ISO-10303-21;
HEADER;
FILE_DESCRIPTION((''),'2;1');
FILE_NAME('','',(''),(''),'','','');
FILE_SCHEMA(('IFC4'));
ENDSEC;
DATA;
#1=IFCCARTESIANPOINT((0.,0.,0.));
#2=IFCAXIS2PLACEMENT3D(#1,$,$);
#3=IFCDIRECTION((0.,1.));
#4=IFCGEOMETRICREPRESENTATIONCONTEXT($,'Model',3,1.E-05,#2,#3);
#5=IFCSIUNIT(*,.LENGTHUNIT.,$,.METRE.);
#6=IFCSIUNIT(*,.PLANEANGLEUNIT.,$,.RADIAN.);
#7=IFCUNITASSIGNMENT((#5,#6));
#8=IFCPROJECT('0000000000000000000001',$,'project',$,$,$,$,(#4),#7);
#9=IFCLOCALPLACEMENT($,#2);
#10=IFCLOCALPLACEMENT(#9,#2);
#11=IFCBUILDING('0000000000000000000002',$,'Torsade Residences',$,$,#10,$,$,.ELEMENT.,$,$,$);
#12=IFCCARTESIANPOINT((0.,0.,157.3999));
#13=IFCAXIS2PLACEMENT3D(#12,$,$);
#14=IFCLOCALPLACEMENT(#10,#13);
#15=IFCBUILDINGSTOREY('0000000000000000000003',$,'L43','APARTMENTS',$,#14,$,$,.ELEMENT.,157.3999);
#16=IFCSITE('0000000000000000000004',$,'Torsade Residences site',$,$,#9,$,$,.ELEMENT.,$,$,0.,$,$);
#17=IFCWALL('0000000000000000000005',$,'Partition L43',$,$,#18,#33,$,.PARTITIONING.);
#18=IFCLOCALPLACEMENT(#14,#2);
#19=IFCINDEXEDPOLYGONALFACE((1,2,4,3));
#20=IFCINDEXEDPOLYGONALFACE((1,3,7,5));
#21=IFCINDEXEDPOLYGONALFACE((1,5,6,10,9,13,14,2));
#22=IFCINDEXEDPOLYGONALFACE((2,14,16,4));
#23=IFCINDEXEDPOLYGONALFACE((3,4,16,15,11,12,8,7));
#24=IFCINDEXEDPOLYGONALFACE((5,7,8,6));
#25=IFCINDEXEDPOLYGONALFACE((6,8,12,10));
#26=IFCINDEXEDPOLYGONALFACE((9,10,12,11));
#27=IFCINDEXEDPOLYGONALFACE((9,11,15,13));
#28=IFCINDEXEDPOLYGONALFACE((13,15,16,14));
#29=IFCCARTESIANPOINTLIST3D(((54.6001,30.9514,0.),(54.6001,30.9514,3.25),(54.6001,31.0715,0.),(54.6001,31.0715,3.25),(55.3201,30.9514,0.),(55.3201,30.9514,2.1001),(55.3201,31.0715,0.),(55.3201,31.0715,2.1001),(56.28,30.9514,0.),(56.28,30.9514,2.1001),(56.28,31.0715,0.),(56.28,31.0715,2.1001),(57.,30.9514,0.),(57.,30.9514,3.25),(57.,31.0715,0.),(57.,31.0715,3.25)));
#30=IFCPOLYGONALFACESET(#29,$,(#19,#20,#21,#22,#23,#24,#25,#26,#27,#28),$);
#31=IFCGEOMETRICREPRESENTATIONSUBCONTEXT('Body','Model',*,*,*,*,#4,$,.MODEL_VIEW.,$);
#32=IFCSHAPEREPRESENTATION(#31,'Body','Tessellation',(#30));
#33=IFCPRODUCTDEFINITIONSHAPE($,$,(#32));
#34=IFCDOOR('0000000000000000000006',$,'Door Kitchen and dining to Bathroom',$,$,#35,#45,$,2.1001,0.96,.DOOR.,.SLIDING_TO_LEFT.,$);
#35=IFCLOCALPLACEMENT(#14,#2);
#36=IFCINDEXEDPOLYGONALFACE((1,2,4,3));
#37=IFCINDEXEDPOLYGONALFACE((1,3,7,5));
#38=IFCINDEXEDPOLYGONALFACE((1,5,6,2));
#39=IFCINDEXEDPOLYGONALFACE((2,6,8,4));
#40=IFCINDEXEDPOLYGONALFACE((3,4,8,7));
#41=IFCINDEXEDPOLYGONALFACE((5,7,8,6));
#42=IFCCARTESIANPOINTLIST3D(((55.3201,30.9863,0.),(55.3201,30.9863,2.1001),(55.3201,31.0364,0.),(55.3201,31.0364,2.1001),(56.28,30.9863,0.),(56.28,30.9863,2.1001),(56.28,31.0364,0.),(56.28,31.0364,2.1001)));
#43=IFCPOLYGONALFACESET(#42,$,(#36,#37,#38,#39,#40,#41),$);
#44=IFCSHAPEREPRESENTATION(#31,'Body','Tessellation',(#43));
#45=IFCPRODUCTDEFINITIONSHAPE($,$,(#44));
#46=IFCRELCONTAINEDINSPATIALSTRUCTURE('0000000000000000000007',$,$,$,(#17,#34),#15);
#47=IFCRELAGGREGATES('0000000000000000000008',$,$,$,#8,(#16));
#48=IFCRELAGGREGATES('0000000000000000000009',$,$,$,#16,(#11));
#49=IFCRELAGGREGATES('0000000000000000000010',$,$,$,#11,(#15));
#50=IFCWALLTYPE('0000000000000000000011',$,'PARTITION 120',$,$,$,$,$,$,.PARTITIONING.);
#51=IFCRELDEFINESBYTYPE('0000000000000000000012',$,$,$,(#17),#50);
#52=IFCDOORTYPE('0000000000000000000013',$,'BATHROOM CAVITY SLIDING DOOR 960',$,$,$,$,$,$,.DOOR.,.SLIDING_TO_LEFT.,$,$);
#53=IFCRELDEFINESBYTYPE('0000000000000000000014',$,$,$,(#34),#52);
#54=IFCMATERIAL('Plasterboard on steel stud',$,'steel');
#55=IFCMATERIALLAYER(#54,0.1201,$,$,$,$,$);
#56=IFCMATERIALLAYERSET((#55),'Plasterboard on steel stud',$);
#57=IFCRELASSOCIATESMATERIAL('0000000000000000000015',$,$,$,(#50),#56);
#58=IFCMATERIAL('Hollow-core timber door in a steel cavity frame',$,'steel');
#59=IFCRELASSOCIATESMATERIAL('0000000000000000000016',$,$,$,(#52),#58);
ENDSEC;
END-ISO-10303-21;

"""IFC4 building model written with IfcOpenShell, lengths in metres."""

from ifc_helpers import new_model, si_unit, direction, frame, frame_2d, origin, place, context, subcontext, project, spatial, rectangle, extrude, material, layer, layer_set, type_object, element, fill, save


model = new_model("IFC4")

# Units and contexts
model_context = context("Model", 3, precision=1e-05, world=origin(), true_north=direction((0.0, 1.0)))
body_context = subcontext(model_context, "Body", "Model", "MODEL_VIEW")
ifc_project = project(units=[si_unit("LENGTHUNIT", "METRE"), si_unit("PLANEANGLEUNIT", "RADIAN")], contexts=[model_context])

# Site, building, storey
site_placement = place(None, origin())
site = spatial("IfcSite", under=ifc_project, at=site_placement, Name="Torsade Residences site", CompositionType="ELEMENT", RefElevation=0.0)
building_placement = place(site_placement, origin())
building = spatial("IfcBuilding", under=site, at=building_placement, Name="Torsade Residences", CompositionType="ELEMENT")
storey_placement = place(building_placement, frame((0.0, 0.0, 157.3999)))
storey = spatial("IfcBuildingStorey", under=building, at=storey_placement, Name="L43", Description="APARTMENTS", CompositionType="ELEMENT", Elevation=157.3999)

# Wall, opening, door
ifc_material_1 = material(Name="Plasterboard on steel stud", Category="steel")
ifc_layer_1 = layer(ifc_material_1, 0.1201)
ifc_layer_set_1 = layer_set([ifc_layer_1], Name="Plasterboard on steel stud")
wall_type_1 = type_object("IfcWallType", Name="PARTITION 120", PredefinedType="PARTITIONING", material=ifc_layer_set_1)
wall_1_placement = place(storey_placement, frame((54.6001, 31.0115, 0.0), z_axis=(0.0, 0.0, 1.0), x_axis=(1.0, 0.0, 0.0)))
wall_1 = element("IfcWall", 1, at=wall_1_placement, inside=storey, type_object=wall_type_1, Name="Partition L43", PredefinedType="PARTITIONING", context=body_context, shape_type="SweptSolid", body=[
    extrude(rectangle(XDim=2.3999, YDim=0.1201, at=frame_2d((1.2, 0.0))), origin(), (0.0, 0.0, 1.0), 3.25),
])
opening_1_placement = place(wall_1_placement, frame((0.72, 0.0, 0.0)))
opening_1 = element("IfcOpeningElement", 2, at=opening_1_placement, cuts=wall_1, PredefinedType="OPENING", context=body_context, shape_type="SweptSolid", body=[
    extrude(rectangle(XDim=0.96, YDim=2.1001, at=frame_2d((0.48, 1.05))), frame((0.0, 0.0701, 0.0), z_axis=(0.0, -1.0, 0.0), x_axis=(1.0, 0.0, 0.0)), (0.0, 0.0, 1.0), 0.1401),
])
ifc_material_2 = material(Name="Hollow-core timber door in a steel cavity frame", Category="steel")
door_type_1 = type_object("IfcDoorType", Name="BATHROOM CAVITY SLIDING DOOR 960", OperationType="SLIDING_TO_LEFT", PredefinedType="DOOR", material=ifc_material_2)
door_1_placement = place(opening_1_placement, origin())
door_1 = element("IfcDoor", 3, at=door_1_placement, inside=storey, type_object=door_type_1, Name="Door Kitchen and dining to Bathroom", OperationType="SLIDING_TO_LEFT", OverallHeight=2.1001, OverallWidth=0.96, PredefinedType="DOOR", context=body_context, shape_type="SweptSolid", body=[
    extrude(rectangle(XDim=0.96, YDim=2.1001, at=frame_2d((0.48, 1.05))), frame((0.0, 0.0249, 0.0), z_axis=(0.0, -1.0, 0.0), x_axis=(1.0, 0.0, 0.0)), (0.0, 0.0, 1.0), 0.05),
])
fill(opening_1, door_1)

save(model, "model.ifc")
